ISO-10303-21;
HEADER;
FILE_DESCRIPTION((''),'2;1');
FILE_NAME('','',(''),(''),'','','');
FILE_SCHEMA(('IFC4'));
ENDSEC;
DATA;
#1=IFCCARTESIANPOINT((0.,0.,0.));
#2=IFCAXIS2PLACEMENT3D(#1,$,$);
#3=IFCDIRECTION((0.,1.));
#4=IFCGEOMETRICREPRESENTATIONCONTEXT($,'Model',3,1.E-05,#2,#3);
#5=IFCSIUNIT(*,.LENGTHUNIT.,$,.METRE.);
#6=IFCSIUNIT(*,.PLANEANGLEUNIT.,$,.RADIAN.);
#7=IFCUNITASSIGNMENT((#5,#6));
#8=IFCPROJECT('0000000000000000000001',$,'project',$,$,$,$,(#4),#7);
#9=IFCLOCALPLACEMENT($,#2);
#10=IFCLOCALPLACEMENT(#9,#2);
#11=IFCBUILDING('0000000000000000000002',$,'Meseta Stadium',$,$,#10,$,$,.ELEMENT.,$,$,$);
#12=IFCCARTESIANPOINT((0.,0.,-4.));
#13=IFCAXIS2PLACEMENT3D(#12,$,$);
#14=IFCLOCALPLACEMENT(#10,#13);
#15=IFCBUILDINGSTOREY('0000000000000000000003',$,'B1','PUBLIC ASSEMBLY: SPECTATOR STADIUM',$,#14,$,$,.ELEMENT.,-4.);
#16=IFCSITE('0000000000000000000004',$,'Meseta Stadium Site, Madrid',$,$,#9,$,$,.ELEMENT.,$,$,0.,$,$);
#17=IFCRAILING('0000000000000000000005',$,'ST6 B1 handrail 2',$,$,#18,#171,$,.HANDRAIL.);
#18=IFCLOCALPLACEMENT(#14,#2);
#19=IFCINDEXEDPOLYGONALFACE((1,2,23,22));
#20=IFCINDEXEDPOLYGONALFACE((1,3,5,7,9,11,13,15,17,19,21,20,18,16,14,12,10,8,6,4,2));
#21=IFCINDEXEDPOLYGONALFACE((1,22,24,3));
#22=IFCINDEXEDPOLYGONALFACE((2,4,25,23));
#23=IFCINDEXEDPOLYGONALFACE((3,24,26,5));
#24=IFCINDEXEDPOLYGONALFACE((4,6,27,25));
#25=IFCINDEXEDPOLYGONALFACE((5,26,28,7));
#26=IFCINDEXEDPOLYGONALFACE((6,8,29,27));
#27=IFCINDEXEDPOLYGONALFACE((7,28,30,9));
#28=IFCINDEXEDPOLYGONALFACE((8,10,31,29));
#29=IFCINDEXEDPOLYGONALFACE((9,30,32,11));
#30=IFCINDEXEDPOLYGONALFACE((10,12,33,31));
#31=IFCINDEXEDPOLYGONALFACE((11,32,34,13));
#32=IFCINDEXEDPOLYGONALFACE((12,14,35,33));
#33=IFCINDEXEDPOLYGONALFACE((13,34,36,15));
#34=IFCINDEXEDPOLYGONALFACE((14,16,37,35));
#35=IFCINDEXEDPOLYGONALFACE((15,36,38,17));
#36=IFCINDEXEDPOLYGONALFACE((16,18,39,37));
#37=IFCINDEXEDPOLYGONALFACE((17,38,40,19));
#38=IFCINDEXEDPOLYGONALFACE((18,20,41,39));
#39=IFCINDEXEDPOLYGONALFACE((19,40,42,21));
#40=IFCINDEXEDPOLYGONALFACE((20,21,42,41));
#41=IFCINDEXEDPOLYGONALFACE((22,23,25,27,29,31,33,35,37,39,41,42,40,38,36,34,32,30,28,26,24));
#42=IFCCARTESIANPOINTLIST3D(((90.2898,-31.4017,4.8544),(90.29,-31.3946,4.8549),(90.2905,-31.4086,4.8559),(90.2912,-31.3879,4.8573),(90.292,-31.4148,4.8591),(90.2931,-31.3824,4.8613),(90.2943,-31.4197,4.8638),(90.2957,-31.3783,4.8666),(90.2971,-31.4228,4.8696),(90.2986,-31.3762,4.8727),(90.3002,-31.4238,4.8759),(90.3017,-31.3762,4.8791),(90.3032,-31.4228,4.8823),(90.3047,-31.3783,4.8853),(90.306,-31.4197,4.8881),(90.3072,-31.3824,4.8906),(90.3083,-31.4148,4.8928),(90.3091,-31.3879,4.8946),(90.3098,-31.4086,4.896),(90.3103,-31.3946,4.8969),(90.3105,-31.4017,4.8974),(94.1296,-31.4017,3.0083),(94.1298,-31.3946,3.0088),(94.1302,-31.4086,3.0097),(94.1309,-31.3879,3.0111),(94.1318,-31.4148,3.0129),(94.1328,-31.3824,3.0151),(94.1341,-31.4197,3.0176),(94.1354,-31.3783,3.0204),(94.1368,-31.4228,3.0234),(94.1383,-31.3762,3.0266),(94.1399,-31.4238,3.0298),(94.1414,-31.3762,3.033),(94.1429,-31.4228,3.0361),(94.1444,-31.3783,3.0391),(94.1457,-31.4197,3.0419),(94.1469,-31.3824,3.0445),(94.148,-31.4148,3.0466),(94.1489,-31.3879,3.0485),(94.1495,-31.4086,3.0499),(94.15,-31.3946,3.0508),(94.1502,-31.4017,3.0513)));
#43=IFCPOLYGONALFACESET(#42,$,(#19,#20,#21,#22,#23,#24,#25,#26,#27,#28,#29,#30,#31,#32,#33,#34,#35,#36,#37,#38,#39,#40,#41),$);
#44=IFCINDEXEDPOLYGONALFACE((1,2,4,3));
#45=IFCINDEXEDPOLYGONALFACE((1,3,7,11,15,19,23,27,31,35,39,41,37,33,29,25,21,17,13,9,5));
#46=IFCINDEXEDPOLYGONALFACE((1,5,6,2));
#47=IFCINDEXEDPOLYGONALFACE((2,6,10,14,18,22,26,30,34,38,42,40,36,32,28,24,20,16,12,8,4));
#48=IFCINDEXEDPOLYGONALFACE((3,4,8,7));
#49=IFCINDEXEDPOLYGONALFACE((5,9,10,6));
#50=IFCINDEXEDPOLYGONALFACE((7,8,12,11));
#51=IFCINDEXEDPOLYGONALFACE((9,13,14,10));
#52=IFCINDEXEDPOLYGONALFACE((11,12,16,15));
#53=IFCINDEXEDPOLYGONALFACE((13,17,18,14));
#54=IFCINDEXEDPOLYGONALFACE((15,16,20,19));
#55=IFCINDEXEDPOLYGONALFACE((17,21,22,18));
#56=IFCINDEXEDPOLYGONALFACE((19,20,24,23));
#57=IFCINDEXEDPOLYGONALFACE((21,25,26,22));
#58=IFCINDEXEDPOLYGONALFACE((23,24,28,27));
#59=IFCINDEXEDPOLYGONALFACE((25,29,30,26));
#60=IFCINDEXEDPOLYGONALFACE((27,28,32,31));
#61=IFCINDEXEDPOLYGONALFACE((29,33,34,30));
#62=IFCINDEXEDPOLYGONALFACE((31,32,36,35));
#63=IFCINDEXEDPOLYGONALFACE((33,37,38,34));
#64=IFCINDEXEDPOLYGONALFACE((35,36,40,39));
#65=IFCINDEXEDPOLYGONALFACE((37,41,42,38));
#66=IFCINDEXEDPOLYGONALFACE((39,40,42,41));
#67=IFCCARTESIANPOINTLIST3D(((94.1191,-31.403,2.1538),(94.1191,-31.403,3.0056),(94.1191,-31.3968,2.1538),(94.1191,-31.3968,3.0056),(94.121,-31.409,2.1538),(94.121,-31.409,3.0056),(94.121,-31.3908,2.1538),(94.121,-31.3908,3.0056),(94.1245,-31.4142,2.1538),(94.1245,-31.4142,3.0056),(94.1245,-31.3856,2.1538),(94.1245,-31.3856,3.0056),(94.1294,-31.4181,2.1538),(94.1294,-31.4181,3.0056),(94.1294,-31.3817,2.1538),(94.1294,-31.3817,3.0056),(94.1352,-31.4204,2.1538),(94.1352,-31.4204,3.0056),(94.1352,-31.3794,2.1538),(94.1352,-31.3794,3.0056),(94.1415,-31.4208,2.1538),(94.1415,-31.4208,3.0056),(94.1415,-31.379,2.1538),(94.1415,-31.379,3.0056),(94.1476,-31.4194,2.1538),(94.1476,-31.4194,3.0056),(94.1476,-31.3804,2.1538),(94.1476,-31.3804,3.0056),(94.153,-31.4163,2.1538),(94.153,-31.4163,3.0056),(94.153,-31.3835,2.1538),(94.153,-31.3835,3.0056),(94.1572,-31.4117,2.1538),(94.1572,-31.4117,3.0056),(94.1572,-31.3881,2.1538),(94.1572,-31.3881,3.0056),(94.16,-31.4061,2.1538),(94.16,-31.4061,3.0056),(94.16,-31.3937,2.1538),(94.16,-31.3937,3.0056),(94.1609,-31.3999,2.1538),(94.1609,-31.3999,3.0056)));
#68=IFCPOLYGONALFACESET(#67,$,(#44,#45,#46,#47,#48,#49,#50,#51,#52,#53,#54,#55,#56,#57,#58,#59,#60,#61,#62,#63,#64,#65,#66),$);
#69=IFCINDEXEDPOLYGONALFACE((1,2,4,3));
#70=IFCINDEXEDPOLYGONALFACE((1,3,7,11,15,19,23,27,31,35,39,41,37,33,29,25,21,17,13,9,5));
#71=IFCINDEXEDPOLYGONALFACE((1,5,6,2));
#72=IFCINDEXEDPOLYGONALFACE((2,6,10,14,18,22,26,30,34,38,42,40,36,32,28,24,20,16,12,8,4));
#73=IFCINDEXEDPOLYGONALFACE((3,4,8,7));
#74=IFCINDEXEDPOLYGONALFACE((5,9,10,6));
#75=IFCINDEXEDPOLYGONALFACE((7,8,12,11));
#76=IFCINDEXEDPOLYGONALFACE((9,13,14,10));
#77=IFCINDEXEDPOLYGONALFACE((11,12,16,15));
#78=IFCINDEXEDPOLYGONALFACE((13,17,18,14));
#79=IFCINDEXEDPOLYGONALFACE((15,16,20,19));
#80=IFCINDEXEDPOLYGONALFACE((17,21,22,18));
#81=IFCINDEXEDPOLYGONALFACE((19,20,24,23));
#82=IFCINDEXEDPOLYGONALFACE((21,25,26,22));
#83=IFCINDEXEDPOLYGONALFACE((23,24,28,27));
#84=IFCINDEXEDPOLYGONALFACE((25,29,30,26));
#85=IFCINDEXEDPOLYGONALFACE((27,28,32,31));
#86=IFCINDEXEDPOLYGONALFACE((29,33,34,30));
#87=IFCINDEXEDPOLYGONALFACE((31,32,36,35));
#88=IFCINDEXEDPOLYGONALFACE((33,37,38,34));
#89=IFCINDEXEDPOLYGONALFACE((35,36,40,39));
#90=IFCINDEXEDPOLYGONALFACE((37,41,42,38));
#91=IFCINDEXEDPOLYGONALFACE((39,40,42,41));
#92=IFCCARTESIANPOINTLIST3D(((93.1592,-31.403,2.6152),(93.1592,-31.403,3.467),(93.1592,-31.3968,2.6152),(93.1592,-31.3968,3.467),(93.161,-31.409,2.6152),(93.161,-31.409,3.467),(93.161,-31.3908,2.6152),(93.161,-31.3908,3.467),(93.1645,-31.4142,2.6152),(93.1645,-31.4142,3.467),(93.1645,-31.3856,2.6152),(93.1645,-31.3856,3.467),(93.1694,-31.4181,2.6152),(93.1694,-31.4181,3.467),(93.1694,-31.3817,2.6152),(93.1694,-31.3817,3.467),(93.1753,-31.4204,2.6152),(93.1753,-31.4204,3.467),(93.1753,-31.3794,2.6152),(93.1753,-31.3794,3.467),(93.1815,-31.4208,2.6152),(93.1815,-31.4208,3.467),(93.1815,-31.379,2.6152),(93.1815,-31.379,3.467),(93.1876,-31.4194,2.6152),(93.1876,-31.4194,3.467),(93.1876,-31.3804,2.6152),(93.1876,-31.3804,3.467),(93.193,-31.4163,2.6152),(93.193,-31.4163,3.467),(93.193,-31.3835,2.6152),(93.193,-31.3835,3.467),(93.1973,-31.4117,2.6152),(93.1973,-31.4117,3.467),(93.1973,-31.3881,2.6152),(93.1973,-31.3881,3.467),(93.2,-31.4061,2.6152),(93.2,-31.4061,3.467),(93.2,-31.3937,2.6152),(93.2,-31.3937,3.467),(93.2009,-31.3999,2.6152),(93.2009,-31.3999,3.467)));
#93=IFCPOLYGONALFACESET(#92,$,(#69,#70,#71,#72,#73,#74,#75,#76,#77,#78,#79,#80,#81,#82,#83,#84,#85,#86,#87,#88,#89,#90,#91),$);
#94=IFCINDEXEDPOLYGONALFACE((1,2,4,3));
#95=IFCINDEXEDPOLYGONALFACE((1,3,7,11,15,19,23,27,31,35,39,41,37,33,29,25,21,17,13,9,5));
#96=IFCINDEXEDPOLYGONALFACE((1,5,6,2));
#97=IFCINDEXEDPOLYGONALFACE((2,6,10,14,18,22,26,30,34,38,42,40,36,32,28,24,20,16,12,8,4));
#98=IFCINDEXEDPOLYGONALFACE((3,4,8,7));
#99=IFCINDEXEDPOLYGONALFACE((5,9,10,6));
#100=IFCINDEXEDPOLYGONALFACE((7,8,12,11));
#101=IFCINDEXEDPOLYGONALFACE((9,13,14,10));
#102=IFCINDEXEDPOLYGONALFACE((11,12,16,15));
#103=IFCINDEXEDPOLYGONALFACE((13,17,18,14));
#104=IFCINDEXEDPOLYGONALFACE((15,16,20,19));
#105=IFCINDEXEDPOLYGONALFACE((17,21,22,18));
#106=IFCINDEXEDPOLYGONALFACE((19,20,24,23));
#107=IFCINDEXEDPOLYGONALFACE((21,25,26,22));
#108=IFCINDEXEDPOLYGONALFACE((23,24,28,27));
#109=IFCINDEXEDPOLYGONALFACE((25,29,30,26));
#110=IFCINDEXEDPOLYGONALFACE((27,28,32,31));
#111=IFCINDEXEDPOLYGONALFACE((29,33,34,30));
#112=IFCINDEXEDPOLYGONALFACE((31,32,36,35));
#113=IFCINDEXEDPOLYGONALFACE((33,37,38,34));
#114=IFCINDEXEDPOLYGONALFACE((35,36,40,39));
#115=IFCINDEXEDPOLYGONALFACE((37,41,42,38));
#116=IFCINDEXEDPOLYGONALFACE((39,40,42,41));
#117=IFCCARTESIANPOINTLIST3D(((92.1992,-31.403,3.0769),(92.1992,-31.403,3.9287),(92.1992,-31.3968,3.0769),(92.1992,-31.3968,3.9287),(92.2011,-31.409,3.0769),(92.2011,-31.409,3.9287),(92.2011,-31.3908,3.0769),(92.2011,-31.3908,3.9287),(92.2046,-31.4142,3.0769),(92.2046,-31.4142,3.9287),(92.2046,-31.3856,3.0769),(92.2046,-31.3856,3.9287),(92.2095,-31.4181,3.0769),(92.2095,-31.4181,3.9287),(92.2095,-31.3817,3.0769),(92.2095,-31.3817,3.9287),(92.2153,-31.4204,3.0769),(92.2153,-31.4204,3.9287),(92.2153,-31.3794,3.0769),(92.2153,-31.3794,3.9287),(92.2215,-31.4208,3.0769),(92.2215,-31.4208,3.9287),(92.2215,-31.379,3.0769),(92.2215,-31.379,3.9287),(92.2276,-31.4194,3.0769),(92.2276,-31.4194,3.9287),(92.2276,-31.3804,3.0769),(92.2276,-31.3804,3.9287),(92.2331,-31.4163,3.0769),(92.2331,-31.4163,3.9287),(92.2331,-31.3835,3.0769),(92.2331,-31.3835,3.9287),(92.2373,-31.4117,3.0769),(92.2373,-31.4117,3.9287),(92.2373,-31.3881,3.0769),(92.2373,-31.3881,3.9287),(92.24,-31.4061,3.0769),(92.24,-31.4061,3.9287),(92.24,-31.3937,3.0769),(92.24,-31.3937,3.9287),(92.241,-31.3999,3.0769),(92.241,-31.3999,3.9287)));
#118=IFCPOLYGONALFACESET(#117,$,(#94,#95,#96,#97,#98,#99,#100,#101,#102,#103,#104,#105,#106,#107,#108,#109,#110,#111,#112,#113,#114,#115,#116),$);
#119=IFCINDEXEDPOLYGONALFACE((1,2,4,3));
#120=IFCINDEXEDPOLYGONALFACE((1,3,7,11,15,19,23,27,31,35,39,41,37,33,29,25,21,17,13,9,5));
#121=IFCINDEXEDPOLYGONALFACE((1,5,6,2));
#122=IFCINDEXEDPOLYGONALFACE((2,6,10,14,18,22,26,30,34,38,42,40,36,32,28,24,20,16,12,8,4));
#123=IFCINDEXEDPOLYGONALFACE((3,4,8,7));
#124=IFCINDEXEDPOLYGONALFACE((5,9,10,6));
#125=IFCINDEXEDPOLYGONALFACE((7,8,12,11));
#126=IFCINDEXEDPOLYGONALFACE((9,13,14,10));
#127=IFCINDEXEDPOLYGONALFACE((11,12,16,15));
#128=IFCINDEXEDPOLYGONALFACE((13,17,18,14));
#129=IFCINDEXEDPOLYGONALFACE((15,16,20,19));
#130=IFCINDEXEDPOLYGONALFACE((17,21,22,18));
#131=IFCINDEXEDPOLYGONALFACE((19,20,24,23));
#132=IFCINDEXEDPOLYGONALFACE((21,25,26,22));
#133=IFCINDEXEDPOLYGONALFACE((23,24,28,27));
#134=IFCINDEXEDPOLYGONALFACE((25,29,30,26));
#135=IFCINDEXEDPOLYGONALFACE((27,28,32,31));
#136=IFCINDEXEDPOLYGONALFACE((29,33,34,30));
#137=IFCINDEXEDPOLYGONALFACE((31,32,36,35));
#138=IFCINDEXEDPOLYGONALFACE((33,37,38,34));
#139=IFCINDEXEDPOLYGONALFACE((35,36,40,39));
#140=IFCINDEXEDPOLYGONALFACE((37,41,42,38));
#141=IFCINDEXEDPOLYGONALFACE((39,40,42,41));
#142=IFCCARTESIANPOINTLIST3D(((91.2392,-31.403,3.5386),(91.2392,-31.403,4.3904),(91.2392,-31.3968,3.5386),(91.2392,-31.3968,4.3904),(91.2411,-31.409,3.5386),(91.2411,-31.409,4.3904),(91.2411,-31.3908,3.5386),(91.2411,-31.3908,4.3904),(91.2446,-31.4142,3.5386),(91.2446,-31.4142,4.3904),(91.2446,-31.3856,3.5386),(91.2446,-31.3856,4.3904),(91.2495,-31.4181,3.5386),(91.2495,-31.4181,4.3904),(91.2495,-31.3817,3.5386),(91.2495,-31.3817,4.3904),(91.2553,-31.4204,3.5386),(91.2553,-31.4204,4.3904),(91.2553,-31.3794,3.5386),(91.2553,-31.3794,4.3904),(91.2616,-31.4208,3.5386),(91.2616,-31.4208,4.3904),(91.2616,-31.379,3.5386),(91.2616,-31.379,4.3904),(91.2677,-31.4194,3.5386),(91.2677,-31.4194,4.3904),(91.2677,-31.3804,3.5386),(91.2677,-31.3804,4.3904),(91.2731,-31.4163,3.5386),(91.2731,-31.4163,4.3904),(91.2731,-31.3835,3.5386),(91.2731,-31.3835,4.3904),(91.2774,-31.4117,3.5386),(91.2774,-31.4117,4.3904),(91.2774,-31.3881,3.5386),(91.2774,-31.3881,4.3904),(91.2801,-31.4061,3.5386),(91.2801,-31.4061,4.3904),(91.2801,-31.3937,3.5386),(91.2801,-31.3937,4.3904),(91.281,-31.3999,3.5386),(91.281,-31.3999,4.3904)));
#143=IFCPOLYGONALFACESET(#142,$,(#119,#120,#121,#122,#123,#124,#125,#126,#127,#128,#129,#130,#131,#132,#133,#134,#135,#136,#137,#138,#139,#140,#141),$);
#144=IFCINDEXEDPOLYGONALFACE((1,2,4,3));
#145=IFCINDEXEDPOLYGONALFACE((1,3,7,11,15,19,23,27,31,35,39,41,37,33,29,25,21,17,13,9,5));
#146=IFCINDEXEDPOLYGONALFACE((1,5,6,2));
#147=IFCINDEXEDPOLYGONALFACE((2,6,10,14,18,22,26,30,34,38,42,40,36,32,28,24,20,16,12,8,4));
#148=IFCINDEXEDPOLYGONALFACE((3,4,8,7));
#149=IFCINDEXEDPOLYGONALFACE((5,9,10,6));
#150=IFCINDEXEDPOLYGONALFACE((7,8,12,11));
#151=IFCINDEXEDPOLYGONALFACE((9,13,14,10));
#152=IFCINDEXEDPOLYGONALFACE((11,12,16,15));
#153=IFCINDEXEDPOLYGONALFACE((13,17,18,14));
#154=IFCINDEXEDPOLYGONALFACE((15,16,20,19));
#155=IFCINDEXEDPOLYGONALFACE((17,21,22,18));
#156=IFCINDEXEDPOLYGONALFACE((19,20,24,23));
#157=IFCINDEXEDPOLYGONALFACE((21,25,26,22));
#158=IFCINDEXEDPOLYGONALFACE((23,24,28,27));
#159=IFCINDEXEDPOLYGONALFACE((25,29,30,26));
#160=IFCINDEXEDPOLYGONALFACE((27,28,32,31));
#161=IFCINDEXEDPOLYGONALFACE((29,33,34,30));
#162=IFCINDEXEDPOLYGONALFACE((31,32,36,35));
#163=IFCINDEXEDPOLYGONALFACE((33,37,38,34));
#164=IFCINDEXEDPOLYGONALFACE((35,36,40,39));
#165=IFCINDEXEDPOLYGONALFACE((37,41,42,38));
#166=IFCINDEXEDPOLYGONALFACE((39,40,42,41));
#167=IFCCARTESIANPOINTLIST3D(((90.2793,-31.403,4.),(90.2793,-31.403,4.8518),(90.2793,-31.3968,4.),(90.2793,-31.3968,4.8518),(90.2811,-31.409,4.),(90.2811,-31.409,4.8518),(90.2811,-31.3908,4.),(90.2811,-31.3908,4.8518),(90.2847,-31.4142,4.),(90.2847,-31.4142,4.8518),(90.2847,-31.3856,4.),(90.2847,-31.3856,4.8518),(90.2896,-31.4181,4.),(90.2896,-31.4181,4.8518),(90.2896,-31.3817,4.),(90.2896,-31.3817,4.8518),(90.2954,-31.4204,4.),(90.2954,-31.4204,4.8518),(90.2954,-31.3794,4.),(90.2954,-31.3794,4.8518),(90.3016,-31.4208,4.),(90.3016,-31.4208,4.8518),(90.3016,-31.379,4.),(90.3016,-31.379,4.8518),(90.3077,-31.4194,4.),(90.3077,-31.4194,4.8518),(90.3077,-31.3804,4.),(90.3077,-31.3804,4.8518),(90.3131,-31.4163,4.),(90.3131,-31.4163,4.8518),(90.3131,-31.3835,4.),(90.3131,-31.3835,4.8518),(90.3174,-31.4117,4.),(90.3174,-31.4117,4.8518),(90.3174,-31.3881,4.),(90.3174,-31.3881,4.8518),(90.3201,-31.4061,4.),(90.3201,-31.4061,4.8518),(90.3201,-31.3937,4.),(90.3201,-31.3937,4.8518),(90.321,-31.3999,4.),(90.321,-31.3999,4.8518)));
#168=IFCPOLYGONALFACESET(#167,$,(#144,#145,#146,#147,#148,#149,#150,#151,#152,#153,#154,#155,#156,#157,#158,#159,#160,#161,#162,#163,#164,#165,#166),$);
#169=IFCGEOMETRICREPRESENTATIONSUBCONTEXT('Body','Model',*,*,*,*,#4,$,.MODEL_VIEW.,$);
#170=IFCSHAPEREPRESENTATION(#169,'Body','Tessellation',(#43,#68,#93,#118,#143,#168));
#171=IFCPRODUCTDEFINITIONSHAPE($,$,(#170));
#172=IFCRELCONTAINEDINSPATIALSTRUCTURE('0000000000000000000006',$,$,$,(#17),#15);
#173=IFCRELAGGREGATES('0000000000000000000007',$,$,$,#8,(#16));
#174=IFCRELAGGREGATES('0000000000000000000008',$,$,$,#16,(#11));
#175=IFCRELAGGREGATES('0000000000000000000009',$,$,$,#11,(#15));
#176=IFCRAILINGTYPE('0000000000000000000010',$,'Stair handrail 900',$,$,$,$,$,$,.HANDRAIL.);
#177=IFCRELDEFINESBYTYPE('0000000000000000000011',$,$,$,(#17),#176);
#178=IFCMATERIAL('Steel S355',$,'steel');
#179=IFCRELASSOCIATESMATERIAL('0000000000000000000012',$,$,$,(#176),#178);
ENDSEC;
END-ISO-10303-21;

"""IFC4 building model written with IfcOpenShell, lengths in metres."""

from ifc_helpers import new_model, si_unit, direction, frame, origin, origin_2d, place, context, subcontext, project, spatial, circle, extrude, material, type_object, element, save


model = new_model("IFC4")

# Units and contexts
model_context = context("Model", 3, precision=1e-05, world=origin(), true_north=direction((0.0, 1.0)))
body_context = subcontext(model_context, "Body", "Model", "MODEL_VIEW")
ifc_project = project(units=[si_unit("LENGTHUNIT", "METRE"), si_unit("PLANEANGLEUNIT", "RADIAN")], contexts=[model_context])

# Site, building, storey
site_placement = place(None, origin())
site = spatial("IfcSite", under=ifc_project, at=site_placement, Name="Meseta Stadium Site, Madrid", CompositionType="ELEMENT", RefElevation=0.0)
building_placement = place(site_placement, origin())
building = spatial("IfcBuilding", under=site, at=building_placement, Name="Meseta Stadium", CompositionType="ELEMENT")
storey_placement = place(building_placement, frame((0.0, 0.0, -4.0)))
storey = spatial("IfcBuildingStorey", under=building, at=storey_placement, Name="B1", Description="PUBLIC ASSEMBLY: SPECTATOR STADIUM", CompositionType="ELEMENT", Elevation=-4.0)

# Railing
ifc_material_1 = material(Name="Steel S355", Category="steel")
railing_type_1 = type_object("IfcRailingType", Name="Stair handrail 900", PredefinedType="HANDRAIL", material=ifc_material_1)
railing_1_placement = place(storey_placement, frame((94.1399, -31.3999, 2.1538)))
element("IfcRailing", 1, at=railing_1_placement, inside=storey, type_object=railing_type_1, Name="ST6 B1 handrail 2", PredefinedType="HANDRAIL", context=body_context, shape_type="SweptSolid", body=[
    extrude(circle(Radius=0.0239, at=origin_2d()), frame((0.0, 0.0, 0.876), z_axis=(-0.901242, 0.0, 0.433316), x_axis=(0.0, -1.0, 0.0)), (0.0, 0.0, 1.0), 4.2605),
    extrude(circle(Radius=0.021, at=origin_2d()), origin(), (0.0, 0.0, 1.0), 0.8518),
    extrude(circle(Radius=0.021, at=origin_2d()), frame((-0.96, 0.0, 0.4614)), (0.0, 0.0, 1.0), 0.8518),
    extrude(circle(Radius=0.021, at=origin_2d()), frame((-1.9199, 0.0, 0.9231)), (0.0, 0.0, 1.0), 0.8518),
    extrude(circle(Radius=0.021, at=origin_2d()), frame((-2.8799, 0.0, 1.3848)), (0.0, 0.0, 1.0), 0.8518),
    extrude(circle(Radius=0.021, at=origin_2d()), frame((-3.8398, 0.0, 1.8462)), (0.0, 0.0, 1.0), 0.8518),
])

save(model, "model.ifc")
